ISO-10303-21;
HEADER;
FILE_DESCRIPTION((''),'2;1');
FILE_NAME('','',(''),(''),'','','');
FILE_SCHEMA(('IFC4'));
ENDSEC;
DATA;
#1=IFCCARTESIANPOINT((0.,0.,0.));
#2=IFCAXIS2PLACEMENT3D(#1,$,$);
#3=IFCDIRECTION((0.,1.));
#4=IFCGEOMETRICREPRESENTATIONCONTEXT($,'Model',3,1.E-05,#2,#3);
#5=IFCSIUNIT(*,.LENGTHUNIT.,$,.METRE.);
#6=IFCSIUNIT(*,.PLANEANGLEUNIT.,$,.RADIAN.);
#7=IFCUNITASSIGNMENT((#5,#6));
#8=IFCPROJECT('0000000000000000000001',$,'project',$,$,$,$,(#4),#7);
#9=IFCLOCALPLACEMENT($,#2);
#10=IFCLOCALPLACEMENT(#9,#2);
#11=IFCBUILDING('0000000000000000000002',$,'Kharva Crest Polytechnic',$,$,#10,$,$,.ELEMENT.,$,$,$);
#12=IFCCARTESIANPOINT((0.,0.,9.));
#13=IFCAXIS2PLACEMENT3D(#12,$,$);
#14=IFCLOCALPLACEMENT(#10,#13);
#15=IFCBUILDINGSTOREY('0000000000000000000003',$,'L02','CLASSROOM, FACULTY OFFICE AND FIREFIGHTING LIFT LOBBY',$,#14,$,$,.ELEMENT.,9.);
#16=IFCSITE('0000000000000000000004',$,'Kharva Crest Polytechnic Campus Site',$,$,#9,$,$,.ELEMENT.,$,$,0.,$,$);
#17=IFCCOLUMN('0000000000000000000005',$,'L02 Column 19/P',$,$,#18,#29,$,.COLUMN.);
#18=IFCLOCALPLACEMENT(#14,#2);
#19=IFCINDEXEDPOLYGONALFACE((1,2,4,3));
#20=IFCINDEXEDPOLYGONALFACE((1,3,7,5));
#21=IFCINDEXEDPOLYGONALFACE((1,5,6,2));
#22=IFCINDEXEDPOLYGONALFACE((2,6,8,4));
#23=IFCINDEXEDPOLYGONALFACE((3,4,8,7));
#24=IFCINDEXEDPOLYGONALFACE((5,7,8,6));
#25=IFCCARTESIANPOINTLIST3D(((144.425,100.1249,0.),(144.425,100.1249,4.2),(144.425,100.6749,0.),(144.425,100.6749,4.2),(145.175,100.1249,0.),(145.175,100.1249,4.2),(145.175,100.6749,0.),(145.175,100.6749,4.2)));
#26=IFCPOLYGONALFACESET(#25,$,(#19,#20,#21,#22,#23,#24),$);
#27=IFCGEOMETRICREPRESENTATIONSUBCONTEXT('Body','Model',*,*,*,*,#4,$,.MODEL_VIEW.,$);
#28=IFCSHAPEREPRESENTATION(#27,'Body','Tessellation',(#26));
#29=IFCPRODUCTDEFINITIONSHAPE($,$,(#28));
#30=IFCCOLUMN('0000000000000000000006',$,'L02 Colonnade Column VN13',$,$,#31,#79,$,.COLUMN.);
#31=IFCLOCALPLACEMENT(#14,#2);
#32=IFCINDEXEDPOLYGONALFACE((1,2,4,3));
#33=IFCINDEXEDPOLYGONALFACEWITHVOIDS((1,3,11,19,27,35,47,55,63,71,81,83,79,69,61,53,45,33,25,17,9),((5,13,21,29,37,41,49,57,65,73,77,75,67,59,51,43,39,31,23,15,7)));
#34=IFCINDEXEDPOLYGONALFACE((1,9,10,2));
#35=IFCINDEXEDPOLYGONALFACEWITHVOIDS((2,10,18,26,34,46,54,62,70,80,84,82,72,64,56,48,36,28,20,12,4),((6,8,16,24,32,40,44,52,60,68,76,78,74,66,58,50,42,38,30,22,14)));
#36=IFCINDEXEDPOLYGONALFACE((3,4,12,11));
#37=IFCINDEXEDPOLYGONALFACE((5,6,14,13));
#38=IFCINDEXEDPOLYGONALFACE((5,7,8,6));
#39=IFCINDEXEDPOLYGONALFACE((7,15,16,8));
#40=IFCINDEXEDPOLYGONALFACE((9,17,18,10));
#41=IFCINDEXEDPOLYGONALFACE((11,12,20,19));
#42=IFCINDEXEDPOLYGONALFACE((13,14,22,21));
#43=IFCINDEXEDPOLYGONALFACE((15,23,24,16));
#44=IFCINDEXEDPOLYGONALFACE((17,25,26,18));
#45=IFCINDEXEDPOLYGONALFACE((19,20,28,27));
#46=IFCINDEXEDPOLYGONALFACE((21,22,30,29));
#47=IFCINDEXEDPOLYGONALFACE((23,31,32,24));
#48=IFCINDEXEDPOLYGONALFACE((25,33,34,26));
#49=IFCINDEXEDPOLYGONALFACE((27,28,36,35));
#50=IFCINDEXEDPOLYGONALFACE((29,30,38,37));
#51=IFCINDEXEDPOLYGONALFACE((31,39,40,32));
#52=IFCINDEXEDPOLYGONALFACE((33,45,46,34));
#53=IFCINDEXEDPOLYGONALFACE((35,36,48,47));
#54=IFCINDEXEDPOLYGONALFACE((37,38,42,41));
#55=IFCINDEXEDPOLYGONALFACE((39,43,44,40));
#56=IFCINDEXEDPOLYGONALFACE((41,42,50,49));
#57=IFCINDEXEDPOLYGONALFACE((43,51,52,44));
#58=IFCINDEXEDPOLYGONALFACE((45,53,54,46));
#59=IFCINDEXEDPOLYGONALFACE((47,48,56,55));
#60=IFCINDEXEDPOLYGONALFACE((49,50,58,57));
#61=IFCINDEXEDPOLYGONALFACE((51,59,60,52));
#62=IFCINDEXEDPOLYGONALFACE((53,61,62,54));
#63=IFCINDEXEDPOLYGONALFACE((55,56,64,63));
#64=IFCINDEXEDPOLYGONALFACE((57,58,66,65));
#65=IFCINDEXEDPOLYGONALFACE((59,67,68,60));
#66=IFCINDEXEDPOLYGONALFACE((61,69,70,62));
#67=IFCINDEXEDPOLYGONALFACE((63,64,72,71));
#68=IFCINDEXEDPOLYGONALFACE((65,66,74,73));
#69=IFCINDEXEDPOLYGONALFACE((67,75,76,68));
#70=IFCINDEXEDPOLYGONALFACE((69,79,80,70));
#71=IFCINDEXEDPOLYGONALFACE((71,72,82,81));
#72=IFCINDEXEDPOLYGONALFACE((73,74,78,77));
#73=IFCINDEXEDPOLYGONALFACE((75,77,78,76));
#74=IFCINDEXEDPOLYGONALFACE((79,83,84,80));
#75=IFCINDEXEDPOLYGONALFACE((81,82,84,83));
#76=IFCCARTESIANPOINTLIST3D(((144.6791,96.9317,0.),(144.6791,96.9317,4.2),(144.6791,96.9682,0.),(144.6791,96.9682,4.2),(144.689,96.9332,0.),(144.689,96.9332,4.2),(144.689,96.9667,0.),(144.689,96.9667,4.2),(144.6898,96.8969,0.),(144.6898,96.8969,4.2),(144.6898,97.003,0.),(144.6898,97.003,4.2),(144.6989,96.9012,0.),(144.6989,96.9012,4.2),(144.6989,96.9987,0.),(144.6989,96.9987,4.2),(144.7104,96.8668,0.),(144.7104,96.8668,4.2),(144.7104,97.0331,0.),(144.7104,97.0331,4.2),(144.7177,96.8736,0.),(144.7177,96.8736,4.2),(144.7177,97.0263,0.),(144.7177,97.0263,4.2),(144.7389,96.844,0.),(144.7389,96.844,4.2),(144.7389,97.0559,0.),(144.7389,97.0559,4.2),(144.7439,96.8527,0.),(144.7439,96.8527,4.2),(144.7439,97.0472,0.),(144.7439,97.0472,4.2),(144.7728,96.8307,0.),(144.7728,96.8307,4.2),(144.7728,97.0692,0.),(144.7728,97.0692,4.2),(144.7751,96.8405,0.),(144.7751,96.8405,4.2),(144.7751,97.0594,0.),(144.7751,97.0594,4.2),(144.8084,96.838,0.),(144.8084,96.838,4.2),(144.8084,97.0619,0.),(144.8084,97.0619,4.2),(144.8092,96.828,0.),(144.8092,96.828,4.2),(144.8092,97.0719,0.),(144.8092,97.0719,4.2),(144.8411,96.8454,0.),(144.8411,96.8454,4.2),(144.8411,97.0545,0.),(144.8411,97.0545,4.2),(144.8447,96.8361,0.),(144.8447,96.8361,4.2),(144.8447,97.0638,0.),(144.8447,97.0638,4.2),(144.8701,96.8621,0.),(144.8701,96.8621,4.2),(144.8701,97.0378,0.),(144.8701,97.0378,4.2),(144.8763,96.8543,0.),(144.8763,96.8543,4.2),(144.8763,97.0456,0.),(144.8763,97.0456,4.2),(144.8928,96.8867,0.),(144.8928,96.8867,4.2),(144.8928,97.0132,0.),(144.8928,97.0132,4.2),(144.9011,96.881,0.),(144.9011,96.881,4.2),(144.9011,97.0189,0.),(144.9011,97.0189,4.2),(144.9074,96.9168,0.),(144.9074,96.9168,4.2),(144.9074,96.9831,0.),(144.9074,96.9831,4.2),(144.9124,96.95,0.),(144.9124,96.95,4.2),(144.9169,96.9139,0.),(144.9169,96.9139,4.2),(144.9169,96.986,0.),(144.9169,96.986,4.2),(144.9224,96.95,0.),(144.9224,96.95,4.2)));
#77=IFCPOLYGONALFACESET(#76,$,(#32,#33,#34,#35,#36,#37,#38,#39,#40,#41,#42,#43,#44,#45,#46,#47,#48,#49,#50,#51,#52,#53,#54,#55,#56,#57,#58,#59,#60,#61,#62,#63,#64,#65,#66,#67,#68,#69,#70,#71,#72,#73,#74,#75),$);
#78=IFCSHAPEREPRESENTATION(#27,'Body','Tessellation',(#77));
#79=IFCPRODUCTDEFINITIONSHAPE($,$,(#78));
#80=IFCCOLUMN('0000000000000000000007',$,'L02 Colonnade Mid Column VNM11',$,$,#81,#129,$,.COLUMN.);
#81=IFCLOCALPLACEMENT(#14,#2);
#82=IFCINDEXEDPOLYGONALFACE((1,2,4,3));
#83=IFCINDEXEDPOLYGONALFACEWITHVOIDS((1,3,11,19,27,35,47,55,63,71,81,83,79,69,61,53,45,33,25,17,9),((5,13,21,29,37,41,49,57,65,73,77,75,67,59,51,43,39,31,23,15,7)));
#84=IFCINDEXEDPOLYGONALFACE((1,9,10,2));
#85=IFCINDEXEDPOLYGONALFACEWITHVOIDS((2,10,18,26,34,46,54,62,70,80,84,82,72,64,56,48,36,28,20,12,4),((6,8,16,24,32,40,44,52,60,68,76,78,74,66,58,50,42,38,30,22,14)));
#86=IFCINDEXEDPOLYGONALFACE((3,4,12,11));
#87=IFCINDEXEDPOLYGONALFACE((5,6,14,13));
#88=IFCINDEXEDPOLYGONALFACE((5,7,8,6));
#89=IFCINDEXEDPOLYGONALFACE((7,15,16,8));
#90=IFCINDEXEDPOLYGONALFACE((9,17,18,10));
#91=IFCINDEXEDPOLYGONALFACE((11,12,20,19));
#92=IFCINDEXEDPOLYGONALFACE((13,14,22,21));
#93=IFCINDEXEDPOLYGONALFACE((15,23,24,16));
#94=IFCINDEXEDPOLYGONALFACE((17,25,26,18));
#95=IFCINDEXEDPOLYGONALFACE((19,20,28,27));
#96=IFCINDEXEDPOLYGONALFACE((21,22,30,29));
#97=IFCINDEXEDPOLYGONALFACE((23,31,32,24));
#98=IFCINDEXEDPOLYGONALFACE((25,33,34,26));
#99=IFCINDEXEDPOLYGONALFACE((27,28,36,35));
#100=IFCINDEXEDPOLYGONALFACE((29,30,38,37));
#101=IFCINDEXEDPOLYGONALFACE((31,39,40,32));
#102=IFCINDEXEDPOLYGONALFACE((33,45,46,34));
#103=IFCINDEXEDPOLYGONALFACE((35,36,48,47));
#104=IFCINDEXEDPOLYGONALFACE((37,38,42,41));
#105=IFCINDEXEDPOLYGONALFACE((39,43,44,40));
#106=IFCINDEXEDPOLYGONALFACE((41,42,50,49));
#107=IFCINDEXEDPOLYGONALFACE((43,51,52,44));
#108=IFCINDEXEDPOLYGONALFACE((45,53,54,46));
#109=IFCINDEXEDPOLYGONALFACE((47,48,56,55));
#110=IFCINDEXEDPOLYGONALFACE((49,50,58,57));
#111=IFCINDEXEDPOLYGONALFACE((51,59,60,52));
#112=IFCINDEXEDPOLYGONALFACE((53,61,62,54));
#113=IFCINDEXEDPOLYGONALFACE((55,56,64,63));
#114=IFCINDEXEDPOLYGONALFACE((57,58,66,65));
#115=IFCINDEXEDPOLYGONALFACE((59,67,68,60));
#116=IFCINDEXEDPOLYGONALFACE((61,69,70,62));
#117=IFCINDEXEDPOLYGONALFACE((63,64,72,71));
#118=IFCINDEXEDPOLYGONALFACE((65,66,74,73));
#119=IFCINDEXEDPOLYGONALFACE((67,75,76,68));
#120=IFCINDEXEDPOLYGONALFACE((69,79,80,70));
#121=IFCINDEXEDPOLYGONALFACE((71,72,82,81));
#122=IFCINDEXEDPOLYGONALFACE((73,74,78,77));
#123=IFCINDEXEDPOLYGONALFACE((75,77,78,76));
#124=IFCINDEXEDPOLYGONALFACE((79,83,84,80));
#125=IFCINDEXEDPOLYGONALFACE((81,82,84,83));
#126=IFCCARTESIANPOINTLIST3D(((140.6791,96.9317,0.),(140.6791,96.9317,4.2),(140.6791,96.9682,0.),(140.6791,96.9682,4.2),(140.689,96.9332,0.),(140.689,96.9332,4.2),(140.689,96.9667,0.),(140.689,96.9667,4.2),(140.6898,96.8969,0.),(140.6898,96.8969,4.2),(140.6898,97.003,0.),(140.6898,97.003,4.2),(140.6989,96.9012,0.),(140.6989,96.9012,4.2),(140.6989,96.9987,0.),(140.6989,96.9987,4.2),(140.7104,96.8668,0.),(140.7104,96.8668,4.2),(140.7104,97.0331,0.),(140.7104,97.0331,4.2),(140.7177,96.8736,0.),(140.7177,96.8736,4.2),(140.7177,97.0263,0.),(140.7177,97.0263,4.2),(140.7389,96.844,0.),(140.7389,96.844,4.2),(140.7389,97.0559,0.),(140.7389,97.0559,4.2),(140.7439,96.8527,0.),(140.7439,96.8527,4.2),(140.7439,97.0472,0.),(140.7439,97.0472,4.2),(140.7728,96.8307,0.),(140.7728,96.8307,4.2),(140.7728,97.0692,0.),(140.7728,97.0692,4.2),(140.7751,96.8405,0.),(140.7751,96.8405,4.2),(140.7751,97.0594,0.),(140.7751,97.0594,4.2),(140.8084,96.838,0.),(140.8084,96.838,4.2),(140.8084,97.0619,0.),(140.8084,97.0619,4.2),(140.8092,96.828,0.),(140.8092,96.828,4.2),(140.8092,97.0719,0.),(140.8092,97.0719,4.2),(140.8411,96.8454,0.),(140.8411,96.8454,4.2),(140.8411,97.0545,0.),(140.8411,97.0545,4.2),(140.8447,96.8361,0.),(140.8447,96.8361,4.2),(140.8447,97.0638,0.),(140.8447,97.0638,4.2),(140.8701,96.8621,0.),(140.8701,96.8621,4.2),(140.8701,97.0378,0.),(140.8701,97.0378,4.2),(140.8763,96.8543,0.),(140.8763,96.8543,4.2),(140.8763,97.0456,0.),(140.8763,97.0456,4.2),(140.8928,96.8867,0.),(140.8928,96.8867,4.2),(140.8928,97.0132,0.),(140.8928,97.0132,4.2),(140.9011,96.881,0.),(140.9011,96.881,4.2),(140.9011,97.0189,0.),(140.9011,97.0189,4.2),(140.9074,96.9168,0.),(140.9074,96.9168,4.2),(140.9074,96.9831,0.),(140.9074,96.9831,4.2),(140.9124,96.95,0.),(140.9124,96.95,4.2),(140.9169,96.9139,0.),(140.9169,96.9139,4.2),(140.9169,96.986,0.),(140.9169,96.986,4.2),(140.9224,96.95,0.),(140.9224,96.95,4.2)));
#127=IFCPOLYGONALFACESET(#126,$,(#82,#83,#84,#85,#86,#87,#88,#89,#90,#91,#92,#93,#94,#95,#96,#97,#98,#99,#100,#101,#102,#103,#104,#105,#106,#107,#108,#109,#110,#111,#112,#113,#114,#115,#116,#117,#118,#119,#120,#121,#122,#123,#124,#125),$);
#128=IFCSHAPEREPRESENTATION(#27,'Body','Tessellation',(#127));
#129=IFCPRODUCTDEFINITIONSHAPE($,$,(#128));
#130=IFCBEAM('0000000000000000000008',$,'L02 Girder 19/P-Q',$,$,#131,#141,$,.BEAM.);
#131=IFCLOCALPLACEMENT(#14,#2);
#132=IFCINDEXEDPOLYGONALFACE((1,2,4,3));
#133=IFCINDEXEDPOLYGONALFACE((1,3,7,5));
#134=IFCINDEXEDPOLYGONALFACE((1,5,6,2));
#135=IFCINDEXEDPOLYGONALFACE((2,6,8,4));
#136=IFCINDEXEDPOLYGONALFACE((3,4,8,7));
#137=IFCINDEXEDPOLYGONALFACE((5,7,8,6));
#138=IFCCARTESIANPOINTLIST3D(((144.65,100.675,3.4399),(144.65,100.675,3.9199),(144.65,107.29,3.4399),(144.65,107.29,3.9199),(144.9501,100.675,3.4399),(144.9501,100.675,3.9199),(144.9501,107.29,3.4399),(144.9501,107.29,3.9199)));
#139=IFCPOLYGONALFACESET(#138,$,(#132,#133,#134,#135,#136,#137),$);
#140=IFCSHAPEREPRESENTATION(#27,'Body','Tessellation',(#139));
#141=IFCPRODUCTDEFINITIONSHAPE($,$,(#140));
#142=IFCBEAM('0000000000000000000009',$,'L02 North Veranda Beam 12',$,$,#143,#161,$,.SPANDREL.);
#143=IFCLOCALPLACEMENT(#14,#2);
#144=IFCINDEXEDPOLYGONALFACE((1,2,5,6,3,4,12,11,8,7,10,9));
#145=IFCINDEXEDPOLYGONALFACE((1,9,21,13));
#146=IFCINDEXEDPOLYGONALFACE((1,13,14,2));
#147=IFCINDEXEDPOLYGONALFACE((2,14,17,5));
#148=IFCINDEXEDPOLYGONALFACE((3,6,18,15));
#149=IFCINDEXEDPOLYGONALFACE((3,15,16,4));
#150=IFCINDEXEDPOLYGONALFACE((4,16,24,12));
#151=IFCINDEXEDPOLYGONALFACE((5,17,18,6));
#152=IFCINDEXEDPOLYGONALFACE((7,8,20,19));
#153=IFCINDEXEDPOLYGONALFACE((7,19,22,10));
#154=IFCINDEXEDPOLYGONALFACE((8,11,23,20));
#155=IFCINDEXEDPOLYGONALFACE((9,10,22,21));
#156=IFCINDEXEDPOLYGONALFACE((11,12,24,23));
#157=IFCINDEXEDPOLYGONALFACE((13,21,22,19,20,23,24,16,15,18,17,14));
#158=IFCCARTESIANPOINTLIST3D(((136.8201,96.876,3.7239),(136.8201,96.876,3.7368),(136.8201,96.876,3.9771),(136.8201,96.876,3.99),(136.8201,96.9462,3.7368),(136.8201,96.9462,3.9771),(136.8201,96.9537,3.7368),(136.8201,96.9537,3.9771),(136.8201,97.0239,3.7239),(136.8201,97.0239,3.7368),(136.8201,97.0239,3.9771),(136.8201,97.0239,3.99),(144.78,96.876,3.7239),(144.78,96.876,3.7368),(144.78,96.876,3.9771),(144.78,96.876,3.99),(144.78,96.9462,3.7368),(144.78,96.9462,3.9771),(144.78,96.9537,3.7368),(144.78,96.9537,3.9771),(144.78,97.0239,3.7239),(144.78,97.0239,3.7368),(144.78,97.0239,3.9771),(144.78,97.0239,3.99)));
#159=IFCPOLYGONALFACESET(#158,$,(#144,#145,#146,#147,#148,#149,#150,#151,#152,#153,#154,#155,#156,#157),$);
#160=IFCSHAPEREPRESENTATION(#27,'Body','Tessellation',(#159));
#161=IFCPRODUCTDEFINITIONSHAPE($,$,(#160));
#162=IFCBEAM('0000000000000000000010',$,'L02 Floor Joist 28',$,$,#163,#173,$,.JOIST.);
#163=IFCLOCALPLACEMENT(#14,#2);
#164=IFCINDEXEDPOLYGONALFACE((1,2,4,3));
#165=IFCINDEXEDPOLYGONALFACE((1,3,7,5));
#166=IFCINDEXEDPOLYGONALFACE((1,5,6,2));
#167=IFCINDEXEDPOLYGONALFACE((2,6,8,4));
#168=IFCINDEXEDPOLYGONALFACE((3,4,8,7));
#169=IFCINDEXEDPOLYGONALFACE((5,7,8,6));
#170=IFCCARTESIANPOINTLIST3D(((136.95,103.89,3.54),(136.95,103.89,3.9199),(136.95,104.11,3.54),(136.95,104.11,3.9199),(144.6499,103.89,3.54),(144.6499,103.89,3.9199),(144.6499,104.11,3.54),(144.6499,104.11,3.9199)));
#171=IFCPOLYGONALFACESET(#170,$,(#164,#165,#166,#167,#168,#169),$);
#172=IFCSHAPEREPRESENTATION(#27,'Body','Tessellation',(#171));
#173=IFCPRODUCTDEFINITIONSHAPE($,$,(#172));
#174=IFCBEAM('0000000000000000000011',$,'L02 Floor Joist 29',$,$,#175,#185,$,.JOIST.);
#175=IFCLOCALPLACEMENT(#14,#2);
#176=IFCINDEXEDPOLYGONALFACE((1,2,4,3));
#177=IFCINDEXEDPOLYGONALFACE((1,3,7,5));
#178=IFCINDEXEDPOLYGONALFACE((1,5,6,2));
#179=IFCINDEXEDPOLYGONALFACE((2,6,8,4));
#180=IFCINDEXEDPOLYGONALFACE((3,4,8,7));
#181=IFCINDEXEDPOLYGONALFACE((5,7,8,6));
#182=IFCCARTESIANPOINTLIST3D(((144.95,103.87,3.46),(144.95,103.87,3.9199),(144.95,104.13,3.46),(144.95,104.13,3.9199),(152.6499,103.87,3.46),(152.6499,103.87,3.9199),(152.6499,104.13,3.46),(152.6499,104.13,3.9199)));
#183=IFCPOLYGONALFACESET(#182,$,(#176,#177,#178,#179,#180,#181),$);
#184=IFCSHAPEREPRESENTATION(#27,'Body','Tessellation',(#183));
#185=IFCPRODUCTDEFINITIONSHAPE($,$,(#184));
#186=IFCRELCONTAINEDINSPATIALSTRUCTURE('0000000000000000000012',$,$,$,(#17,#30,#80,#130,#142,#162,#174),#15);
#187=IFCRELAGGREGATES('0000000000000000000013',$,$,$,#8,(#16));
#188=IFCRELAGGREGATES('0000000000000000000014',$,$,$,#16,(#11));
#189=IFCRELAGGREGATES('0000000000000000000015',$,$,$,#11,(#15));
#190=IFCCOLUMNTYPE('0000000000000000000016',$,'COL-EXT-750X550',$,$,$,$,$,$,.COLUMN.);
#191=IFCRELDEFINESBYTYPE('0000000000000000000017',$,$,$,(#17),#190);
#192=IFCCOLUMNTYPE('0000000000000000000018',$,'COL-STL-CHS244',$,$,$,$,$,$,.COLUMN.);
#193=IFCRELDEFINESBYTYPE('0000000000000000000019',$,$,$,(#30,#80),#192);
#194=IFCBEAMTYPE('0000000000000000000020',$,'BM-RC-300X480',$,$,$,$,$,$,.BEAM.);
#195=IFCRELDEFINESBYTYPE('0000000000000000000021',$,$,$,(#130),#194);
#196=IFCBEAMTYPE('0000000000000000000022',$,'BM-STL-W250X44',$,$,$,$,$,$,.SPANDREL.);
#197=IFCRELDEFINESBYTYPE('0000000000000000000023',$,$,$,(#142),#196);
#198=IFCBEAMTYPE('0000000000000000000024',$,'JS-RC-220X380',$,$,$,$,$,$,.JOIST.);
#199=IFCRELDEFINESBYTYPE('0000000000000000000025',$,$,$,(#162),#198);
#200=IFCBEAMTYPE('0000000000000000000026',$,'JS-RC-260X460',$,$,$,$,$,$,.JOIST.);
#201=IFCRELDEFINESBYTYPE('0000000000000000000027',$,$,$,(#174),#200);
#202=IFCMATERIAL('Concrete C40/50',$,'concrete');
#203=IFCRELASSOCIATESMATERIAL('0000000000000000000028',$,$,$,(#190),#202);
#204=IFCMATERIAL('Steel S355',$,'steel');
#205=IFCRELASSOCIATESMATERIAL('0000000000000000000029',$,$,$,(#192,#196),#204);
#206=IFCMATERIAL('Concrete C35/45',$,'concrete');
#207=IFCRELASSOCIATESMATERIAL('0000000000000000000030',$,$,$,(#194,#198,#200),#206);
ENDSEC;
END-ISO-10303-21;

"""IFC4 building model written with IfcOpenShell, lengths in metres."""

from ifc_helpers import new_model, si_unit, direction, frame, origin, origin_2d, place, context, subcontext, project, spatial, rectangle, hollow_circle, i_section, extrude, material, material_profile, profile_set, type_object, element, save


model = new_model("IFC4")

# Units and contexts
model_context = context("Model", 3, precision=1e-05, world=origin(), true_north=direction((0.0, 1.0)))
body_context = subcontext(model_context, "Body", "Model", "MODEL_VIEW")
ifc_project = project(units=[si_unit("LENGTHUNIT", "METRE"), si_unit("PLANEANGLEUNIT", "RADIAN")], contexts=[model_context])

# Site, building, storey
site_placement = place(None, origin())
site = spatial("IfcSite", under=ifc_project, at=site_placement, Name="Kharva Crest Polytechnic Campus Site", CompositionType="ELEMENT", RefElevation=0.0)
building_placement = place(site_placement, origin())
building = spatial("IfcBuilding", under=site, at=building_placement, Name="Kharva Crest Polytechnic", CompositionType="ELEMENT")
storey_placement = place(building_placement, frame((0.0, 0.0, 9.0)))
storey = spatial("IfcBuildingStorey", under=building, at=storey_placement, Name="L02", Description="CLASSROOM, FACULTY OFFICE AND FIREFIGHTING LIFT LOBBY", CompositionType="ELEMENT", Elevation=9.0)

# Columns
ifc_material_1 = material(Name="Concrete C40/50", Category="concrete")
ifc_material_profile_1 = material_profile(ifc_material_1, rectangle(XDim=0.75, YDim=0.55, at=origin_2d()), Name="RECT 750 X 550")
ifc_profile_set_1 = profile_set([ifc_material_profile_1], Name="Concrete C40/50")
column_type_1 = type_object("IfcColumnType", Name="COL-EXT-750X550", PredefinedType="COLUMN", material=ifc_profile_set_1)
column_placement = place(storey_placement, frame((144.8, 100.3999, 0.0), z_axis=(0.0, 0.0, 1.0), x_axis=(1.0, 0.0, 0.0)))
element("IfcColumn", 1, at=column_placement, inside=storey, type_object=column_type_1, Name="L02 Column 19/P", PredefinedType="COLUMN", context=body_context, shape_type="SweptSolid", body=[
    extrude(rectangle(XDim=0.75, YDim=0.55, at=origin_2d()), origin(), (0.0, 0.0, 1.0), 4.2),
])
ifc_material_2 = material(Name="Steel S355", Category="steel")
ifc_material_profile_2 = material_profile(ifc_material_2, hollow_circle(Radius=0.1223, WallThickness=0.01, at=origin_2d()), Name="CHS 244.5X10.0")
ifc_profile_set_2 = profile_set([ifc_material_profile_2], Name="Steel S355")
column_type_2 = type_object("IfcColumnType", Name="COL-STL-CHS244", PredefinedType="COLUMN", material=ifc_profile_set_2)
for number, where, z_axis, x_axis, name in (
    (2, (144.8, 96.95, 0.0), (0.0, 0.0, 1.0), (1.0, 0.0, 0.0), "L02 Colonnade Column VN13"),
    (3, (140.8, 96.95, 0.0), (0.0, 0.0, 1.0), (1.0, 0.0, 0.0), "L02 Colonnade Mid Column VNM11"),
):
    element("IfcColumn", number, at=place(storey_placement, frame(where, z_axis=z_axis, x_axis=x_axis)), inside=storey, type_object=column_type_2, Name=name, PredefinedType="COLUMN", context=body_context, shape_type="SweptSolid", body=[
        extrude(hollow_circle(Radius=0.1223, WallThickness=0.01, at=origin_2d()), origin(), (0.0, 0.0, 1.0), 4.2),
    ])

# Beams
ifc_material_3 = material(Name="Concrete C35/45", Category="concrete")
ifc_material_profile_3 = material_profile(ifc_material_3, rectangle(XDim=0.3, YDim=0.48, at=origin_2d()), Name="RECT 300 X 480")
ifc_profile_set_3 = profile_set([ifc_material_profile_3], Name="Concrete C35/45")
beam_type_1 = type_object("IfcBeamType", Name="BM-RC-300X480", PredefinedType="BEAM", material=ifc_profile_set_3)
beam_1_placement = place(storey_placement, frame((144.8, 100.675, 3.6799), z_axis=(0.0, 1.0, 0.0), x_axis=(-1.0, 0.0, 0.0)))
element("IfcBeam", 4, at=beam_1_placement, inside=storey, type_object=beam_type_1, Name="L02 Girder 19/P-Q", PredefinedType="BEAM", context=body_context, shape_type="SweptSolid", body=[
    extrude(rectangle(XDim=0.3, YDim=0.48, at=origin_2d()), origin(), (0.0, 0.0, 1.0), 6.615),
])
ifc_material_profile_4 = material_profile(ifc_material_2, i_section(OverallWidth=0.1479, OverallDepth=0.2661, WebThickness=0.0076, FlangeThickness=0.0129, at=origin_2d()), Name="W250X44.8")
ifc_profile_set_4 = profile_set([ifc_material_profile_4], Name="Steel S355")
beam_type_2 = type_object("IfcBeamType", Name="BM-STL-W250X44", PredefinedType="SPANDREL", material=ifc_profile_set_4)
beam_2_placement = place(storey_placement, frame((136.8201, 96.95, 3.8569), z_axis=(1.0, 0.0, 0.0), x_axis=(0.0, 1.0, 0.0)))
element("IfcBeam", 5, at=beam_2_placement, inside=storey, type_object=beam_type_2, Name="L02 North Veranda Beam 12", PredefinedType="SPANDREL", context=body_context, shape_type="SweptSolid", body=[
    extrude(i_section(OverallWidth=0.1479, OverallDepth=0.2661, WebThickness=0.0076, FlangeThickness=0.0129, at=origin_2d()), origin(), (0.0, 0.0, 1.0), 7.96),
])
ifc_material_profile_5 = material_profile(ifc_material_3, rectangle(XDim=0.22, YDim=0.3799, at=origin_2d()), Name="RECT 220 X 380")
ifc_profile_set_5 = profile_set([ifc_material_profile_5], Name="Concrete C35/45")
beam_type_3 = type_object("IfcBeamType", Name="JS-RC-220X380", PredefinedType="JOIST", material=ifc_profile_set_5)
beam_3_placement = place(storey_placement, frame((136.95, 104.0, 3.73), z_axis=(1.0, 0.0, 0.0), x_axis=(0.0, 1.0, 0.0)))
element("IfcBeam", 6, at=beam_3_placement, inside=storey, type_object=beam_type_3, Name="L02 Floor Joist 28", PredefinedType="JOIST", context=body_context, shape_type="SweptSolid", body=[
    extrude(rectangle(XDim=0.22, YDim=0.3799, at=origin_2d()), origin(), (0.0, 0.0, 1.0), 7.7),
])
ifc_material_profile_6 = material_profile(ifc_material_3, rectangle(XDim=0.26, YDim=0.46, at=origin_2d()), Name="RECT 260 X 460")
ifc_profile_set_6 = profile_set([ifc_material_profile_6], Name="Concrete C35/45")
beam_type_4 = type_object("IfcBeamType", Name="JS-RC-260X460", PredefinedType="JOIST", material=ifc_profile_set_6)
beam_4_placement = place(storey_placement, frame((144.95, 104.0, 3.6899), z_axis=(1.0, 0.0, 0.0), x_axis=(0.0, 1.0, 0.0)))
element("IfcBeam", 7, at=beam_4_placement, inside=storey, type_object=beam_type_4, Name="L02 Floor Joist 29", PredefinedType="JOIST", context=body_context, shape_type="SweptSolid", body=[
    extrude(rectangle(XDim=0.26, YDim=0.46, at=origin_2d()), origin(), (0.0, 0.0, 1.0), 7.7),
])

save(model, "model.ifc")
